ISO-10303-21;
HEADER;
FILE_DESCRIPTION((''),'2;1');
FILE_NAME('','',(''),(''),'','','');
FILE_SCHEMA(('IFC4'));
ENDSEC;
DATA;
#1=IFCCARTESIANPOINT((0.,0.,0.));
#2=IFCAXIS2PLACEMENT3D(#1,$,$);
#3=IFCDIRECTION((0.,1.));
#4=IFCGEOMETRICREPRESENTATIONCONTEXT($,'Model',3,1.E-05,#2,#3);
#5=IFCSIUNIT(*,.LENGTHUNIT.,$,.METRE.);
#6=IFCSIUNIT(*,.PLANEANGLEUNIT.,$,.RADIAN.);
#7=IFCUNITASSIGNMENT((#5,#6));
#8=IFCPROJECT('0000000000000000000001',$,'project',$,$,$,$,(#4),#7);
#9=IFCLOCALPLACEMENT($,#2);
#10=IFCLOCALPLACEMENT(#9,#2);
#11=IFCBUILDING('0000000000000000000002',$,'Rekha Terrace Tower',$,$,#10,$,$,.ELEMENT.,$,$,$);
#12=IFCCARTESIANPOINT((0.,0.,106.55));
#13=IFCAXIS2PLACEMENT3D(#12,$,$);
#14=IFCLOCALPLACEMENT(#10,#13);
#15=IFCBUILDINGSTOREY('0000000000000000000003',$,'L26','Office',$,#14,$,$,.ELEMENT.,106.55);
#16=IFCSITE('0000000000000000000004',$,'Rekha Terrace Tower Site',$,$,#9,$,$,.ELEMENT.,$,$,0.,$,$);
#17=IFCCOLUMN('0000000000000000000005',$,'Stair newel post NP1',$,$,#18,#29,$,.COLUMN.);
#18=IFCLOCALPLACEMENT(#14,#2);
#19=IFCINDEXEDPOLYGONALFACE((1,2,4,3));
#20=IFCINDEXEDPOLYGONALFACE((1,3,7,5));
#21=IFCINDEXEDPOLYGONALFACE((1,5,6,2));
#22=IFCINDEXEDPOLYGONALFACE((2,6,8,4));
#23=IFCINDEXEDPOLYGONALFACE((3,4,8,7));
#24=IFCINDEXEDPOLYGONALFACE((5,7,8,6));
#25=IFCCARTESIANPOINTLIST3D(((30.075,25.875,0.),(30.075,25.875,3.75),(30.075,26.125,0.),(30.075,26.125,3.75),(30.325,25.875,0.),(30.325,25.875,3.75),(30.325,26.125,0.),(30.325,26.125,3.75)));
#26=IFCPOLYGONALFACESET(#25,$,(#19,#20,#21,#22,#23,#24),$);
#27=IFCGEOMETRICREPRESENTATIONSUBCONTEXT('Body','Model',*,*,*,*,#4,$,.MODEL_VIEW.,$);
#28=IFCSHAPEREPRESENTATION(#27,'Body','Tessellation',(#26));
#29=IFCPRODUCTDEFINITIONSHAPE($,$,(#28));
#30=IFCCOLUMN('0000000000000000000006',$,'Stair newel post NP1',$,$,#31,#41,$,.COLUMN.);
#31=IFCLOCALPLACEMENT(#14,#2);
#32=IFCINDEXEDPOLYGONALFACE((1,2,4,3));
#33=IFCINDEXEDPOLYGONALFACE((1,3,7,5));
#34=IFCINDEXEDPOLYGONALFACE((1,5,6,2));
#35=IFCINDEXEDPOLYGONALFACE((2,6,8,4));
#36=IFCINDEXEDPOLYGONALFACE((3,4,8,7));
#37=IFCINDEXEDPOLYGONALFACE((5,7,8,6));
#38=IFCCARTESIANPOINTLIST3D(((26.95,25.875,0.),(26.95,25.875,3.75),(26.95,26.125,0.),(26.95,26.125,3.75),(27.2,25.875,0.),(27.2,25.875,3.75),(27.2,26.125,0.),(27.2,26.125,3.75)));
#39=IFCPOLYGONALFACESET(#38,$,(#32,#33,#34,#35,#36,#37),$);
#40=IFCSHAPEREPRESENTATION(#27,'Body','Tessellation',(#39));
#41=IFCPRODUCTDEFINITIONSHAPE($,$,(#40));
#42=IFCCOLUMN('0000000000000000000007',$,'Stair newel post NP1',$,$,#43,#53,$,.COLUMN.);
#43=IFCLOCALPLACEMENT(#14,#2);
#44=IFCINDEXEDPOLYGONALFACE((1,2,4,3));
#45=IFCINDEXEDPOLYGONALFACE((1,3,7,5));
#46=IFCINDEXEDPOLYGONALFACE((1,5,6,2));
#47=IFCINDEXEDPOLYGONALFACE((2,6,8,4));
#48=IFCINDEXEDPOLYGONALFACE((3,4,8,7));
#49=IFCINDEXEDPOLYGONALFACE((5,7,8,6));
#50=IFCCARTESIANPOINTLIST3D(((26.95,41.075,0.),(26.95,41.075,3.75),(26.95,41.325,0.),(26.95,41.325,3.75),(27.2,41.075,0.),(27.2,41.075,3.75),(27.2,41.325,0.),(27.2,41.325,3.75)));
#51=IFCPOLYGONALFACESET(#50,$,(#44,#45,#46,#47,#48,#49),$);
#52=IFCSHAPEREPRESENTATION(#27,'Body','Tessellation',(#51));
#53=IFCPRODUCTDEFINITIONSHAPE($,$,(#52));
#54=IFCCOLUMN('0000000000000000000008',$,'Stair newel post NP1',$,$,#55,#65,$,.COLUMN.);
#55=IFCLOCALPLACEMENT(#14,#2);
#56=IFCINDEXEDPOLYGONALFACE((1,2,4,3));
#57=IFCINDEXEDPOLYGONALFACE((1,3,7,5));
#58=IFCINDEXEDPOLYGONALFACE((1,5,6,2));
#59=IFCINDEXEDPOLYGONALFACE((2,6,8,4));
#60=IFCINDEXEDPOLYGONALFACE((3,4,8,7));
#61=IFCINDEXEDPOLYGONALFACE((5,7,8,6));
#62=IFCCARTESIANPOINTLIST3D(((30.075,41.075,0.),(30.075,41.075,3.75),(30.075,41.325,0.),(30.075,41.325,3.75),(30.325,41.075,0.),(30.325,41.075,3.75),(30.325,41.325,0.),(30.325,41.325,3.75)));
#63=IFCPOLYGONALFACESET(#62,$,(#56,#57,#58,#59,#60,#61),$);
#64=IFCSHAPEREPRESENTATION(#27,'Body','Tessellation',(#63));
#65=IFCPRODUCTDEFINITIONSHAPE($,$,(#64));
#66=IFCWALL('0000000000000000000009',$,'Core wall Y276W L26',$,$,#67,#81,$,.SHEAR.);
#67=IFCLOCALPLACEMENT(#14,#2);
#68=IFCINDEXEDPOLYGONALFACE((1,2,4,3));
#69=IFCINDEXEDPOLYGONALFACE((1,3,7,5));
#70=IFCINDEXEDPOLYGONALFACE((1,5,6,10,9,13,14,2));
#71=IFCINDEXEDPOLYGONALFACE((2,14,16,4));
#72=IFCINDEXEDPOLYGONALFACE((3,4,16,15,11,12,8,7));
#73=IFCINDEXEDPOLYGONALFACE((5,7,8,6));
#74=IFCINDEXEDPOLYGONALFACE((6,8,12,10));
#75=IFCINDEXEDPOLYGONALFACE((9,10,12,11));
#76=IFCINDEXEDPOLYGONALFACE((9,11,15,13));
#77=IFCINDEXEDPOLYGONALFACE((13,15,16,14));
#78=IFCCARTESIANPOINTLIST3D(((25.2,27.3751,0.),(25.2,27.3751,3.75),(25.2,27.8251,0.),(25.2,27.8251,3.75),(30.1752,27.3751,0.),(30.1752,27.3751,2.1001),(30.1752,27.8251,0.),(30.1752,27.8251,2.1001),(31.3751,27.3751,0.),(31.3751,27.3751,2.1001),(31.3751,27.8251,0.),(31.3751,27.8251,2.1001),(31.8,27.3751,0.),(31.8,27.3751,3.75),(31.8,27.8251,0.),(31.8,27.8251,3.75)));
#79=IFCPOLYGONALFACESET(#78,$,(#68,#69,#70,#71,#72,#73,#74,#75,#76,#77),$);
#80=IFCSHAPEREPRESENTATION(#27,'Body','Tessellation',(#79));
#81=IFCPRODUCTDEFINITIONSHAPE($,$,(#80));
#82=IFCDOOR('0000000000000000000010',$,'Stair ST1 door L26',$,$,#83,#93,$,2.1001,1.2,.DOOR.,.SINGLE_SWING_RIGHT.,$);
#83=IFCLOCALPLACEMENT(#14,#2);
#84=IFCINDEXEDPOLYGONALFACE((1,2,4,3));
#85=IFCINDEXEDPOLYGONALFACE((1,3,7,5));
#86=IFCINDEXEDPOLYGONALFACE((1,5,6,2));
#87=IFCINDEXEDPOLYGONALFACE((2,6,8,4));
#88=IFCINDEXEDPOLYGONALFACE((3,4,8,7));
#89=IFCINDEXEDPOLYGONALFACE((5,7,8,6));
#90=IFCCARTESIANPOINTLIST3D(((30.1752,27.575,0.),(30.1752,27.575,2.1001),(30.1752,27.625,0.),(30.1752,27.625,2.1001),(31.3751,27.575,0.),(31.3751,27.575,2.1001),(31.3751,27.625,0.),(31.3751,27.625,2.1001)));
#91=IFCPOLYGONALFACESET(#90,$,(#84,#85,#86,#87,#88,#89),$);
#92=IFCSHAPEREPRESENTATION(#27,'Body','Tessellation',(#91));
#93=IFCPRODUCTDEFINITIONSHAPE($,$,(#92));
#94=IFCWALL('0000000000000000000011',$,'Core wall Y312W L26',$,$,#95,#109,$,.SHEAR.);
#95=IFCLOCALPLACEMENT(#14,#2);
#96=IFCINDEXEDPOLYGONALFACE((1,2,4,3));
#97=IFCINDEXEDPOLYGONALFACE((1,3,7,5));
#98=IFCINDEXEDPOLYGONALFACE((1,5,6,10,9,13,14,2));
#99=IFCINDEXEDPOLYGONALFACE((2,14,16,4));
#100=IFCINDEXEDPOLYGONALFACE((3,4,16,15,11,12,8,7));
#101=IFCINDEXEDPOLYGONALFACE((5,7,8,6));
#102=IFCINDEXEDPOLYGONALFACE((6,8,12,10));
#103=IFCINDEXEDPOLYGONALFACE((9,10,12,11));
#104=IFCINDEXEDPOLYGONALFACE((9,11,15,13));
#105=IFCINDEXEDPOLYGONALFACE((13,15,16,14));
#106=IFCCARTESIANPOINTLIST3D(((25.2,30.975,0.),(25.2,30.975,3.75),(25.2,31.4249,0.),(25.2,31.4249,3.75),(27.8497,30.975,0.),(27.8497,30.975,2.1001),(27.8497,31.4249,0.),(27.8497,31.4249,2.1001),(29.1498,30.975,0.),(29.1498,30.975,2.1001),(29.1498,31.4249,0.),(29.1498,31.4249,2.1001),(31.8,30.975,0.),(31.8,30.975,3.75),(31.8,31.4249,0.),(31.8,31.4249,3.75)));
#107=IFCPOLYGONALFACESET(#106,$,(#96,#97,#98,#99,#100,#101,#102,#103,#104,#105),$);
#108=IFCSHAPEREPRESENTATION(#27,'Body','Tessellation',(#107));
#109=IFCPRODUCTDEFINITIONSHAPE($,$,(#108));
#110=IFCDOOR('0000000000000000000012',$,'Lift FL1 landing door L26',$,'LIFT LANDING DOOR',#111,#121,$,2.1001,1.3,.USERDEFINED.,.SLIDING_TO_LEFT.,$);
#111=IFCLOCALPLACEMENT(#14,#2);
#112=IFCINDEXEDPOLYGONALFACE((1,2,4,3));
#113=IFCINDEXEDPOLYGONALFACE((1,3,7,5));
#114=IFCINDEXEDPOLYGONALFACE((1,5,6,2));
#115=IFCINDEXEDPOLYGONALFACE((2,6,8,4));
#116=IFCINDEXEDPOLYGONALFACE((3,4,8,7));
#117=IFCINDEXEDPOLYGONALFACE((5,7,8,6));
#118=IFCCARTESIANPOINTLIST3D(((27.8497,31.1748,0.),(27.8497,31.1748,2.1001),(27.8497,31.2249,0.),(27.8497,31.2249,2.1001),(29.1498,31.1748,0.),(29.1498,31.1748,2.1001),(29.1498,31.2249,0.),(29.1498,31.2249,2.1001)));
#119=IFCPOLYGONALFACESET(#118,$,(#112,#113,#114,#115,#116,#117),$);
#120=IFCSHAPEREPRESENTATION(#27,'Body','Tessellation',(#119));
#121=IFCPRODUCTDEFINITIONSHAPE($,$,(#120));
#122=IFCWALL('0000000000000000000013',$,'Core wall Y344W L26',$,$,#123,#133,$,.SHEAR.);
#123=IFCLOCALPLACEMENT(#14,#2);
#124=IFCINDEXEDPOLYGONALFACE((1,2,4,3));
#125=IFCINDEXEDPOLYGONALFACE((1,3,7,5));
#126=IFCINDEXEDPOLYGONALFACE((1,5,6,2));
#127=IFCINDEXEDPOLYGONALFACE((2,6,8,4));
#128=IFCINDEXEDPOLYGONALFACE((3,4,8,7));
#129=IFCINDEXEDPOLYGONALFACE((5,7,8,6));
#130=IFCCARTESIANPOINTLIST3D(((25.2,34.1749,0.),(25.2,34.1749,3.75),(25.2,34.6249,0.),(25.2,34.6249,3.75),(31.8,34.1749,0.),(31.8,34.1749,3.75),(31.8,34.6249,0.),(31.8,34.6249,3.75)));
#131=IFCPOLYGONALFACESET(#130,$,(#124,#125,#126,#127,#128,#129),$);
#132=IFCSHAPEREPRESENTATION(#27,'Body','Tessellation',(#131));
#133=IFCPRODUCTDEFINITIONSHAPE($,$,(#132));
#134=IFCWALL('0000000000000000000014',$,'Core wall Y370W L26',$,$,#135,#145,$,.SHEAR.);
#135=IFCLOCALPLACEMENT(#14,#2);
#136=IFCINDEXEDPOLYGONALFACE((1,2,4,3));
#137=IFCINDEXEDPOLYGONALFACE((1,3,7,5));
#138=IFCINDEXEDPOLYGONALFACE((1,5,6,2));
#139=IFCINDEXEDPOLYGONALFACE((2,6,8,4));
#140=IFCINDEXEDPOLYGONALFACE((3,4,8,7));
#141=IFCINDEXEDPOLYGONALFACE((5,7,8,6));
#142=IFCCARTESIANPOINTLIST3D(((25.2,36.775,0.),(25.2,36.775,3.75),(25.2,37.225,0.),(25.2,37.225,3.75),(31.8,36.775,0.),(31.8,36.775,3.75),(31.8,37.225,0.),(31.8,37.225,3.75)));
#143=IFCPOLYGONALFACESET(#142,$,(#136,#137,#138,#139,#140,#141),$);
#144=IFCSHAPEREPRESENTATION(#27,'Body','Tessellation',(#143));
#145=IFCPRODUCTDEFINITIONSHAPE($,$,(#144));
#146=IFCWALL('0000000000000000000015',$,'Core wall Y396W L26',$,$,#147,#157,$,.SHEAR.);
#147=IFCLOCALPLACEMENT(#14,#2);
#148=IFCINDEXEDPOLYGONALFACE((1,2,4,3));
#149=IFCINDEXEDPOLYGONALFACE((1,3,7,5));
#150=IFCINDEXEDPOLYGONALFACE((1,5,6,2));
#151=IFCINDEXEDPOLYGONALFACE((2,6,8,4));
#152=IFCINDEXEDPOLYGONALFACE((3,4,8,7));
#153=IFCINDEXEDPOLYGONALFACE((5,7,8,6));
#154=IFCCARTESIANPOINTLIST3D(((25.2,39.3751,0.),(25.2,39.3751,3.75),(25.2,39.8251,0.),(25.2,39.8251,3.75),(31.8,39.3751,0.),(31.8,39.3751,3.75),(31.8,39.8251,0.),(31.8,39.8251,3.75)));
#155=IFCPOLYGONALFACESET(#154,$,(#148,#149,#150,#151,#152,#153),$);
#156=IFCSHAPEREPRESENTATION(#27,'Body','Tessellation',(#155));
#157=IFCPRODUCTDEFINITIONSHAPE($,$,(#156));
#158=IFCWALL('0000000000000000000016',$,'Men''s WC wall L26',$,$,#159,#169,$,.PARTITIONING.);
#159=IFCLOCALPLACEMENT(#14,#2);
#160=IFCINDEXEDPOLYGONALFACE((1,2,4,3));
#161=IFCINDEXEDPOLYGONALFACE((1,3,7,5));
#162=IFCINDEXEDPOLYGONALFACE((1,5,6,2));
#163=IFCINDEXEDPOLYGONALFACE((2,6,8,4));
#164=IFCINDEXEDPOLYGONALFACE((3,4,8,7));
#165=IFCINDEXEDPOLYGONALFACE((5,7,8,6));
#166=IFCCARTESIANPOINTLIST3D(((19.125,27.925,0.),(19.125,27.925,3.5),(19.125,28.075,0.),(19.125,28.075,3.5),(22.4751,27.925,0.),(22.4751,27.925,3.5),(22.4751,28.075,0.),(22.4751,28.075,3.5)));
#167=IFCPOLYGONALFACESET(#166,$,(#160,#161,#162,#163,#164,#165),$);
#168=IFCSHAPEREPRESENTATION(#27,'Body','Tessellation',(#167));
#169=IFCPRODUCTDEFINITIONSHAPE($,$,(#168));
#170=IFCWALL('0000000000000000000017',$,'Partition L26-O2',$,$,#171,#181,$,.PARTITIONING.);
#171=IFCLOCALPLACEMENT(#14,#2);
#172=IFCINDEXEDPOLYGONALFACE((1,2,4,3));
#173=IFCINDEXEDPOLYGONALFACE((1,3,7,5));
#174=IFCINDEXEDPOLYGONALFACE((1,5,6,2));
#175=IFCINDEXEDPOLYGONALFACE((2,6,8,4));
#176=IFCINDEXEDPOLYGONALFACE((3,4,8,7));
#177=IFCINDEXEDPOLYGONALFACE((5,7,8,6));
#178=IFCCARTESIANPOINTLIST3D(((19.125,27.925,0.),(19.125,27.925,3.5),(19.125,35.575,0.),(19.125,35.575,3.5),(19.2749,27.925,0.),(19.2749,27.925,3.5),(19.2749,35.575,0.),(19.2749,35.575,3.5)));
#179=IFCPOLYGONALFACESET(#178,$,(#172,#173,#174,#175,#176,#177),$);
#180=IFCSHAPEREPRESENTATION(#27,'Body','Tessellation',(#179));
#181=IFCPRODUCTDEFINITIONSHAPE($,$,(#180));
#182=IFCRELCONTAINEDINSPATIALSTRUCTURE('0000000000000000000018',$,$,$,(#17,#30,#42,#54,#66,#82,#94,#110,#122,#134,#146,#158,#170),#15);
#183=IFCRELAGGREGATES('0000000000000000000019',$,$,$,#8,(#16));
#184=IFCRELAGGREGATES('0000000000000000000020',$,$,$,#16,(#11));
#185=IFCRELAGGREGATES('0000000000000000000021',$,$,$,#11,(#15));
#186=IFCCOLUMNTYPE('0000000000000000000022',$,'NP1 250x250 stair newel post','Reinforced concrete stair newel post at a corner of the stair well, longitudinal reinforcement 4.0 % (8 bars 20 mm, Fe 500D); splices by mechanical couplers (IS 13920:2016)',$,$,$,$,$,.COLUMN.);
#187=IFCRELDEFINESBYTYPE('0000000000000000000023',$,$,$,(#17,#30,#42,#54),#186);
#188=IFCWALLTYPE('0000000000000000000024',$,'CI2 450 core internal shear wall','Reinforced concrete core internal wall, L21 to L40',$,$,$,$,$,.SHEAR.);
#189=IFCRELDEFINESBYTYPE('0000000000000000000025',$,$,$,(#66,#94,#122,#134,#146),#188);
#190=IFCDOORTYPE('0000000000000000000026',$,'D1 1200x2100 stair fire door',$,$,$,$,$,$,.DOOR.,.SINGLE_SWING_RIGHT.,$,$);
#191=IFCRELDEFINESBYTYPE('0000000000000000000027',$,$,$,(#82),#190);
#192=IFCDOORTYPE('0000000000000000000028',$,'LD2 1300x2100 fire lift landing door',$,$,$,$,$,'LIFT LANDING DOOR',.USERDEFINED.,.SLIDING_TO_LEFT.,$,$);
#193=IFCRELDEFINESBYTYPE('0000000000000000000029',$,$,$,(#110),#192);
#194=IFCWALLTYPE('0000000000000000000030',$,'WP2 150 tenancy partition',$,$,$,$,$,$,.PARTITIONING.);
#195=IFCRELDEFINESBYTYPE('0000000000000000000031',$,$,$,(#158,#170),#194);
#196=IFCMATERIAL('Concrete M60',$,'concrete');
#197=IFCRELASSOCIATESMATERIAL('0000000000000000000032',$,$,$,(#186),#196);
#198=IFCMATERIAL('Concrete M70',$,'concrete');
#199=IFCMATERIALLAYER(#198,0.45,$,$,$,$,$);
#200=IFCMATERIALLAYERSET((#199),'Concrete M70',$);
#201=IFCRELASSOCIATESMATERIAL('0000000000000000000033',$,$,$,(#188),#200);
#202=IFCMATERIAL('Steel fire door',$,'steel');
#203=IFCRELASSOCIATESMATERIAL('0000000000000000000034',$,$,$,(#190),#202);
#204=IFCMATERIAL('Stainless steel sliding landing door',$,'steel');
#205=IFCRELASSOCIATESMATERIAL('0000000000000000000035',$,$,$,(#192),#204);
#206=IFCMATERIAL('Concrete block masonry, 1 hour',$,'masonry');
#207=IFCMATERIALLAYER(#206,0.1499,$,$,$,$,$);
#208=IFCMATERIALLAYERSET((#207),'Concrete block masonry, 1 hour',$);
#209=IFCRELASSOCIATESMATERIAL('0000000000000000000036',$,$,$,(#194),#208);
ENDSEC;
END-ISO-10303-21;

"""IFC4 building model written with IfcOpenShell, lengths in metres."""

from ifc_helpers import new_model, si_unit, direction, frame, frame_2d, origin, origin_2d, place, context, subcontext, project, spatial, rectangle, extrude, material, layer, layer_set, material_profile, profile_set, type_object, element, fill, save


model = new_model("IFC4")

# Units and contexts
model_context = context("Model", 3, precision=1e-05, world=origin(), true_north=direction((0.0, 1.0)))
body_context = subcontext(model_context, "Body", "Model", "MODEL_VIEW")
ifc_project = project(units=[si_unit("LENGTHUNIT", "METRE"), si_unit("PLANEANGLEUNIT", "RADIAN")], contexts=[model_context])

# Site, building, storey
site_placement = place(None, origin())
site = spatial("IfcSite", under=ifc_project, at=site_placement, Name="Rekha Terrace Tower Site", CompositionType="ELEMENT", RefElevation=0.0)
building_placement = place(site_placement, origin())
building = spatial("IfcBuilding", under=site, at=building_placement, Name="Rekha Terrace Tower", CompositionType="ELEMENT")
storey_placement = place(building_placement, frame((0.0, 0.0, 106.55)))
storey = spatial("IfcBuildingStorey", under=building, at=storey_placement, Name="L26", Description="Office", CompositionType="ELEMENT", Elevation=106.55)

# Columns
ifc_material_1 = material(Name="Concrete M60", Category="concrete")
ifc_material_profile = material_profile(ifc_material_1, rectangle(XDim=0.25, YDim=0.25, at=origin_2d()), Name="RC 250x250")
ifc_profile_set = profile_set([ifc_material_profile], Name="Concrete M60")
column_type = type_object("IfcColumnType", Name="NP1 250x250 stair newel post", Description="Reinforced concrete stair newel post at a corner of the stair well, longitudinal reinforcement 4.0 % (8 bars 20 mm, Fe 500D); splices by mechanical couplers (IS 13920:2016)", PredefinedType="COLUMN", material=ifc_profile_set)
for number, where, z_axis, x_axis, name in (
    (1, (30.2, 26.0, 0.0), (0.0, 0.0, 1.0), (1.0, 0.0, 0.0), "Stair newel post NP1"),
    (2, (27.075, 26.0, 0.0), (0.0, 0.0, 1.0), (1.0, 0.0, 0.0), "Stair newel post NP1"),
    (3, (27.075, 41.2, 0.0), (0.0, 0.0, 1.0), (1.0, 0.0, 0.0), "Stair newel post NP1"),
    (4, (30.2, 41.2, 0.0), (0.0, 0.0, 1.0), (1.0, 0.0, 0.0), "Stair newel post NP1"),
):
    element("IfcColumn", number, at=place(storey_placement, frame(where, z_axis=z_axis, x_axis=x_axis)), inside=storey, type_object=column_type, Name=name, PredefinedType="COLUMN", context=body_context, shape_type="SweptSolid", body=[
        extrude(rectangle(XDim=0.25, YDim=0.25, at=origin_2d()), origin(), (0.0, 0.0, 1.0), 3.75),
    ])

# Walls, openings, doors
ifc_material_2 = material(Name="Concrete M70", Category="concrete")
ifc_layer_1 = layer(ifc_material_2, 0.45)
ifc_layer_set_1 = layer_set([ifc_layer_1], Name="Concrete M70")
wall_type_1 = type_object("IfcWallType", Name="CI2 450 core internal shear wall", Description="Reinforced concrete core internal wall, L21 to L40", PredefinedType="SHEAR", material=ifc_layer_set_1)
wall_1_placement = place(storey_placement, frame((25.2, 27.6001, 0.0), z_axis=(0.0, 0.0, 1.0), x_axis=(1.0, 0.0, 0.0)))
wall_1 = element("IfcWall", 5, at=wall_1_placement, inside=storey, type_object=wall_type_1, Name="Core wall Y276W L26", PredefinedType="SHEAR", context=body_context, shape_type="SweptSolid", body=[
    extrude(rectangle(XDim=6.6001, YDim=0.45, at=frame_2d((3.3, 0.0))), origin(), (0.0, 0.0, 1.0), 3.75),
])
opening_1_placement = place(wall_1_placement, frame((4.9751, 0.0, 0.0)))
opening_1 = element("IfcOpeningElement", 6, at=opening_1_placement, cuts=wall_1, PredefinedType="OPENING", context=body_context, shape_type="SweptSolid", body=[
    extrude(rectangle(XDim=1.2, YDim=2.1001, at=frame_2d((0.6001, 1.05))), frame((0.0, 0.2349, 0.0), z_axis=(0.0, -1.0, 0.0), x_axis=(1.0, 0.0, 0.0)), (0.0, 0.0, 1.0), 0.47),
])
ifc_material_3 = material(Name="Steel fire door", Category="steel")
door_type_1 = type_object("IfcDoorType", Name="D1 1200x2100 stair fire door", OperationType="SINGLE_SWING_RIGHT", PredefinedType="DOOR", material=ifc_material_3)
door_1_placement = place(opening_1_placement, origin())
door_1 = element("IfcDoor", 7, at=door_1_placement, inside=storey, type_object=door_type_1, Name="Stair ST1 door L26", OperationType="SINGLE_SWING_RIGHT", OverallHeight=2.1001, OverallWidth=1.2, PredefinedType="DOOR", context=body_context, shape_type="SweptSolid", body=[
    extrude(rectangle(XDim=1.2, YDim=2.1001, at=frame_2d((0.6001, 1.05))), frame((0.0, 0.0249, 0.0), z_axis=(0.0, -1.0, 0.0), x_axis=(1.0, 0.0, 0.0)), (0.0, 0.0, 1.0), 0.05),
])
fill(opening_1, door_1)
wall_2_placement = place(storey_placement, frame((25.2, 31.2, 0.0), z_axis=(0.0, 0.0, 1.0), x_axis=(1.0, 0.0, 0.0)))
wall_2 = element("IfcWall", 8, at=wall_2_placement, inside=storey, type_object=wall_type_1, Name="Core wall Y312W L26", PredefinedType="SHEAR", context=body_context, shape_type="SweptSolid", body=[
    extrude(rectangle(XDim=6.6001, YDim=0.45, at=frame_2d((3.3, 0.0))), origin(), (0.0, 0.0, 1.0), 3.75),
])
opening_2_placement = place(wall_2_placement, frame((2.6499, 0.0, 0.0)))
opening_2 = element("IfcOpeningElement", 9, at=opening_2_placement, cuts=wall_2, PredefinedType="OPENING", context=body_context, shape_type="SweptSolid", body=[
    extrude(rectangle(XDim=1.3, YDim=2.1001, at=frame_2d((0.6499, 1.05))), frame((0.0, 0.2349, 0.0), z_axis=(0.0, -1.0, 0.0), x_axis=(1.0, 0.0, 0.0)), (0.0, 0.0, 1.0), 0.47),
])
ifc_material_4 = material(Name="Stainless steel sliding landing door", Category="steel")
door_type_2 = type_object("IfcDoorType", Name="LD2 1300x2100 fire lift landing door", ElementType="LIFT LANDING DOOR", OperationType="SLIDING_TO_LEFT", PredefinedType="USERDEFINED", material=ifc_material_4)
door_2_placement = place(opening_2_placement, origin())
door_2 = element("IfcDoor", 10, at=door_2_placement, inside=storey, type_object=door_type_2, Name="Lift FL1 landing door L26", ObjectType="LIFT LANDING DOOR", OperationType="SLIDING_TO_LEFT", OverallHeight=2.1001, OverallWidth=1.3, PredefinedType="USERDEFINED", context=body_context, shape_type="SweptSolid", body=[
    extrude(rectangle(XDim=1.3, YDim=2.1001, at=frame_2d((0.6499, 1.05))), frame((0.0, 0.0249, 0.0), z_axis=(0.0, -1.0, 0.0), x_axis=(1.0, 0.0, 0.0)), (0.0, 0.0, 1.0), 0.05),
])
fill(opening_2, door_2)

# Walls
for number, where, z_axis, x_axis, name in (
    (11, (25.2, 34.3999, 0.0), (0.0, 0.0, 1.0), (1.0, 0.0, 0.0), "Core wall Y344W L26"),
    (12, (25.2, 37.0, 0.0), (0.0, 0.0, 1.0), (1.0, 0.0, 0.0), "Core wall Y370W L26"),
    (13, (25.2, 39.6001, 0.0), (0.0, 0.0, 1.0), (1.0, 0.0, 0.0), "Core wall Y396W L26"),
):
    element("IfcWall", number, at=place(storey_placement, frame(where, z_axis=z_axis, x_axis=x_axis)), inside=storey, type_object=wall_type_1, Name=name, PredefinedType="SHEAR", context=body_context, shape_type="SweptSolid", body=[
        extrude(rectangle(XDim=6.6001, YDim=0.45, at=frame_2d((3.3, 0.0))), origin(), (0.0, 0.0, 1.0), 3.75),
    ])
ifc_material_5 = material(Name="Concrete block masonry, 1 hour", Category="masonry")
ifc_layer_2 = layer(ifc_material_5, 0.1499)
ifc_layer_set_2 = layer_set([ifc_layer_2], Name="Concrete block masonry, 1 hour")
wall_type_2 = type_object("IfcWallType", Name="WP2 150 tenancy partition", PredefinedType="PARTITIONING", material=ifc_layer_set_2)
wall_3_placement = place(storey_placement, frame((19.125, 28.0, 0.0), z_axis=(0.0, 0.0, 1.0), x_axis=(1.0, 0.0, 0.0)))
element("IfcWall", 14, at=wall_3_placement, inside=storey, type_object=wall_type_2, Name="Men's WC wall L26", PredefinedType="PARTITIONING", context=body_context, shape_type="SweptSolid", body=[
    extrude(rectangle(XDim=3.3501, YDim=0.1499, at=frame_2d((1.675, 0.0))), origin(), (0.0, 0.0, 1.0), 3.5),
])
wall_4_placement = place(storey_placement, frame((19.2, 35.575, 0.0), z_axis=(0.0, 0.0, 1.0), x_axis=(0.0, -1.0, 0.0)))
element("IfcWall", 15, at=wall_4_placement, inside=storey, type_object=wall_type_2, Name="Partition L26-O2", PredefinedType="PARTITIONING", context=body_context, shape_type="SweptSolid", body=[
    extrude(rectangle(XDim=7.6499, YDim=0.1499, at=frame_2d((3.825, 0.0))), origin(), (0.0, 0.0, 1.0), 3.5),
])

save(model, "model.ifc")
